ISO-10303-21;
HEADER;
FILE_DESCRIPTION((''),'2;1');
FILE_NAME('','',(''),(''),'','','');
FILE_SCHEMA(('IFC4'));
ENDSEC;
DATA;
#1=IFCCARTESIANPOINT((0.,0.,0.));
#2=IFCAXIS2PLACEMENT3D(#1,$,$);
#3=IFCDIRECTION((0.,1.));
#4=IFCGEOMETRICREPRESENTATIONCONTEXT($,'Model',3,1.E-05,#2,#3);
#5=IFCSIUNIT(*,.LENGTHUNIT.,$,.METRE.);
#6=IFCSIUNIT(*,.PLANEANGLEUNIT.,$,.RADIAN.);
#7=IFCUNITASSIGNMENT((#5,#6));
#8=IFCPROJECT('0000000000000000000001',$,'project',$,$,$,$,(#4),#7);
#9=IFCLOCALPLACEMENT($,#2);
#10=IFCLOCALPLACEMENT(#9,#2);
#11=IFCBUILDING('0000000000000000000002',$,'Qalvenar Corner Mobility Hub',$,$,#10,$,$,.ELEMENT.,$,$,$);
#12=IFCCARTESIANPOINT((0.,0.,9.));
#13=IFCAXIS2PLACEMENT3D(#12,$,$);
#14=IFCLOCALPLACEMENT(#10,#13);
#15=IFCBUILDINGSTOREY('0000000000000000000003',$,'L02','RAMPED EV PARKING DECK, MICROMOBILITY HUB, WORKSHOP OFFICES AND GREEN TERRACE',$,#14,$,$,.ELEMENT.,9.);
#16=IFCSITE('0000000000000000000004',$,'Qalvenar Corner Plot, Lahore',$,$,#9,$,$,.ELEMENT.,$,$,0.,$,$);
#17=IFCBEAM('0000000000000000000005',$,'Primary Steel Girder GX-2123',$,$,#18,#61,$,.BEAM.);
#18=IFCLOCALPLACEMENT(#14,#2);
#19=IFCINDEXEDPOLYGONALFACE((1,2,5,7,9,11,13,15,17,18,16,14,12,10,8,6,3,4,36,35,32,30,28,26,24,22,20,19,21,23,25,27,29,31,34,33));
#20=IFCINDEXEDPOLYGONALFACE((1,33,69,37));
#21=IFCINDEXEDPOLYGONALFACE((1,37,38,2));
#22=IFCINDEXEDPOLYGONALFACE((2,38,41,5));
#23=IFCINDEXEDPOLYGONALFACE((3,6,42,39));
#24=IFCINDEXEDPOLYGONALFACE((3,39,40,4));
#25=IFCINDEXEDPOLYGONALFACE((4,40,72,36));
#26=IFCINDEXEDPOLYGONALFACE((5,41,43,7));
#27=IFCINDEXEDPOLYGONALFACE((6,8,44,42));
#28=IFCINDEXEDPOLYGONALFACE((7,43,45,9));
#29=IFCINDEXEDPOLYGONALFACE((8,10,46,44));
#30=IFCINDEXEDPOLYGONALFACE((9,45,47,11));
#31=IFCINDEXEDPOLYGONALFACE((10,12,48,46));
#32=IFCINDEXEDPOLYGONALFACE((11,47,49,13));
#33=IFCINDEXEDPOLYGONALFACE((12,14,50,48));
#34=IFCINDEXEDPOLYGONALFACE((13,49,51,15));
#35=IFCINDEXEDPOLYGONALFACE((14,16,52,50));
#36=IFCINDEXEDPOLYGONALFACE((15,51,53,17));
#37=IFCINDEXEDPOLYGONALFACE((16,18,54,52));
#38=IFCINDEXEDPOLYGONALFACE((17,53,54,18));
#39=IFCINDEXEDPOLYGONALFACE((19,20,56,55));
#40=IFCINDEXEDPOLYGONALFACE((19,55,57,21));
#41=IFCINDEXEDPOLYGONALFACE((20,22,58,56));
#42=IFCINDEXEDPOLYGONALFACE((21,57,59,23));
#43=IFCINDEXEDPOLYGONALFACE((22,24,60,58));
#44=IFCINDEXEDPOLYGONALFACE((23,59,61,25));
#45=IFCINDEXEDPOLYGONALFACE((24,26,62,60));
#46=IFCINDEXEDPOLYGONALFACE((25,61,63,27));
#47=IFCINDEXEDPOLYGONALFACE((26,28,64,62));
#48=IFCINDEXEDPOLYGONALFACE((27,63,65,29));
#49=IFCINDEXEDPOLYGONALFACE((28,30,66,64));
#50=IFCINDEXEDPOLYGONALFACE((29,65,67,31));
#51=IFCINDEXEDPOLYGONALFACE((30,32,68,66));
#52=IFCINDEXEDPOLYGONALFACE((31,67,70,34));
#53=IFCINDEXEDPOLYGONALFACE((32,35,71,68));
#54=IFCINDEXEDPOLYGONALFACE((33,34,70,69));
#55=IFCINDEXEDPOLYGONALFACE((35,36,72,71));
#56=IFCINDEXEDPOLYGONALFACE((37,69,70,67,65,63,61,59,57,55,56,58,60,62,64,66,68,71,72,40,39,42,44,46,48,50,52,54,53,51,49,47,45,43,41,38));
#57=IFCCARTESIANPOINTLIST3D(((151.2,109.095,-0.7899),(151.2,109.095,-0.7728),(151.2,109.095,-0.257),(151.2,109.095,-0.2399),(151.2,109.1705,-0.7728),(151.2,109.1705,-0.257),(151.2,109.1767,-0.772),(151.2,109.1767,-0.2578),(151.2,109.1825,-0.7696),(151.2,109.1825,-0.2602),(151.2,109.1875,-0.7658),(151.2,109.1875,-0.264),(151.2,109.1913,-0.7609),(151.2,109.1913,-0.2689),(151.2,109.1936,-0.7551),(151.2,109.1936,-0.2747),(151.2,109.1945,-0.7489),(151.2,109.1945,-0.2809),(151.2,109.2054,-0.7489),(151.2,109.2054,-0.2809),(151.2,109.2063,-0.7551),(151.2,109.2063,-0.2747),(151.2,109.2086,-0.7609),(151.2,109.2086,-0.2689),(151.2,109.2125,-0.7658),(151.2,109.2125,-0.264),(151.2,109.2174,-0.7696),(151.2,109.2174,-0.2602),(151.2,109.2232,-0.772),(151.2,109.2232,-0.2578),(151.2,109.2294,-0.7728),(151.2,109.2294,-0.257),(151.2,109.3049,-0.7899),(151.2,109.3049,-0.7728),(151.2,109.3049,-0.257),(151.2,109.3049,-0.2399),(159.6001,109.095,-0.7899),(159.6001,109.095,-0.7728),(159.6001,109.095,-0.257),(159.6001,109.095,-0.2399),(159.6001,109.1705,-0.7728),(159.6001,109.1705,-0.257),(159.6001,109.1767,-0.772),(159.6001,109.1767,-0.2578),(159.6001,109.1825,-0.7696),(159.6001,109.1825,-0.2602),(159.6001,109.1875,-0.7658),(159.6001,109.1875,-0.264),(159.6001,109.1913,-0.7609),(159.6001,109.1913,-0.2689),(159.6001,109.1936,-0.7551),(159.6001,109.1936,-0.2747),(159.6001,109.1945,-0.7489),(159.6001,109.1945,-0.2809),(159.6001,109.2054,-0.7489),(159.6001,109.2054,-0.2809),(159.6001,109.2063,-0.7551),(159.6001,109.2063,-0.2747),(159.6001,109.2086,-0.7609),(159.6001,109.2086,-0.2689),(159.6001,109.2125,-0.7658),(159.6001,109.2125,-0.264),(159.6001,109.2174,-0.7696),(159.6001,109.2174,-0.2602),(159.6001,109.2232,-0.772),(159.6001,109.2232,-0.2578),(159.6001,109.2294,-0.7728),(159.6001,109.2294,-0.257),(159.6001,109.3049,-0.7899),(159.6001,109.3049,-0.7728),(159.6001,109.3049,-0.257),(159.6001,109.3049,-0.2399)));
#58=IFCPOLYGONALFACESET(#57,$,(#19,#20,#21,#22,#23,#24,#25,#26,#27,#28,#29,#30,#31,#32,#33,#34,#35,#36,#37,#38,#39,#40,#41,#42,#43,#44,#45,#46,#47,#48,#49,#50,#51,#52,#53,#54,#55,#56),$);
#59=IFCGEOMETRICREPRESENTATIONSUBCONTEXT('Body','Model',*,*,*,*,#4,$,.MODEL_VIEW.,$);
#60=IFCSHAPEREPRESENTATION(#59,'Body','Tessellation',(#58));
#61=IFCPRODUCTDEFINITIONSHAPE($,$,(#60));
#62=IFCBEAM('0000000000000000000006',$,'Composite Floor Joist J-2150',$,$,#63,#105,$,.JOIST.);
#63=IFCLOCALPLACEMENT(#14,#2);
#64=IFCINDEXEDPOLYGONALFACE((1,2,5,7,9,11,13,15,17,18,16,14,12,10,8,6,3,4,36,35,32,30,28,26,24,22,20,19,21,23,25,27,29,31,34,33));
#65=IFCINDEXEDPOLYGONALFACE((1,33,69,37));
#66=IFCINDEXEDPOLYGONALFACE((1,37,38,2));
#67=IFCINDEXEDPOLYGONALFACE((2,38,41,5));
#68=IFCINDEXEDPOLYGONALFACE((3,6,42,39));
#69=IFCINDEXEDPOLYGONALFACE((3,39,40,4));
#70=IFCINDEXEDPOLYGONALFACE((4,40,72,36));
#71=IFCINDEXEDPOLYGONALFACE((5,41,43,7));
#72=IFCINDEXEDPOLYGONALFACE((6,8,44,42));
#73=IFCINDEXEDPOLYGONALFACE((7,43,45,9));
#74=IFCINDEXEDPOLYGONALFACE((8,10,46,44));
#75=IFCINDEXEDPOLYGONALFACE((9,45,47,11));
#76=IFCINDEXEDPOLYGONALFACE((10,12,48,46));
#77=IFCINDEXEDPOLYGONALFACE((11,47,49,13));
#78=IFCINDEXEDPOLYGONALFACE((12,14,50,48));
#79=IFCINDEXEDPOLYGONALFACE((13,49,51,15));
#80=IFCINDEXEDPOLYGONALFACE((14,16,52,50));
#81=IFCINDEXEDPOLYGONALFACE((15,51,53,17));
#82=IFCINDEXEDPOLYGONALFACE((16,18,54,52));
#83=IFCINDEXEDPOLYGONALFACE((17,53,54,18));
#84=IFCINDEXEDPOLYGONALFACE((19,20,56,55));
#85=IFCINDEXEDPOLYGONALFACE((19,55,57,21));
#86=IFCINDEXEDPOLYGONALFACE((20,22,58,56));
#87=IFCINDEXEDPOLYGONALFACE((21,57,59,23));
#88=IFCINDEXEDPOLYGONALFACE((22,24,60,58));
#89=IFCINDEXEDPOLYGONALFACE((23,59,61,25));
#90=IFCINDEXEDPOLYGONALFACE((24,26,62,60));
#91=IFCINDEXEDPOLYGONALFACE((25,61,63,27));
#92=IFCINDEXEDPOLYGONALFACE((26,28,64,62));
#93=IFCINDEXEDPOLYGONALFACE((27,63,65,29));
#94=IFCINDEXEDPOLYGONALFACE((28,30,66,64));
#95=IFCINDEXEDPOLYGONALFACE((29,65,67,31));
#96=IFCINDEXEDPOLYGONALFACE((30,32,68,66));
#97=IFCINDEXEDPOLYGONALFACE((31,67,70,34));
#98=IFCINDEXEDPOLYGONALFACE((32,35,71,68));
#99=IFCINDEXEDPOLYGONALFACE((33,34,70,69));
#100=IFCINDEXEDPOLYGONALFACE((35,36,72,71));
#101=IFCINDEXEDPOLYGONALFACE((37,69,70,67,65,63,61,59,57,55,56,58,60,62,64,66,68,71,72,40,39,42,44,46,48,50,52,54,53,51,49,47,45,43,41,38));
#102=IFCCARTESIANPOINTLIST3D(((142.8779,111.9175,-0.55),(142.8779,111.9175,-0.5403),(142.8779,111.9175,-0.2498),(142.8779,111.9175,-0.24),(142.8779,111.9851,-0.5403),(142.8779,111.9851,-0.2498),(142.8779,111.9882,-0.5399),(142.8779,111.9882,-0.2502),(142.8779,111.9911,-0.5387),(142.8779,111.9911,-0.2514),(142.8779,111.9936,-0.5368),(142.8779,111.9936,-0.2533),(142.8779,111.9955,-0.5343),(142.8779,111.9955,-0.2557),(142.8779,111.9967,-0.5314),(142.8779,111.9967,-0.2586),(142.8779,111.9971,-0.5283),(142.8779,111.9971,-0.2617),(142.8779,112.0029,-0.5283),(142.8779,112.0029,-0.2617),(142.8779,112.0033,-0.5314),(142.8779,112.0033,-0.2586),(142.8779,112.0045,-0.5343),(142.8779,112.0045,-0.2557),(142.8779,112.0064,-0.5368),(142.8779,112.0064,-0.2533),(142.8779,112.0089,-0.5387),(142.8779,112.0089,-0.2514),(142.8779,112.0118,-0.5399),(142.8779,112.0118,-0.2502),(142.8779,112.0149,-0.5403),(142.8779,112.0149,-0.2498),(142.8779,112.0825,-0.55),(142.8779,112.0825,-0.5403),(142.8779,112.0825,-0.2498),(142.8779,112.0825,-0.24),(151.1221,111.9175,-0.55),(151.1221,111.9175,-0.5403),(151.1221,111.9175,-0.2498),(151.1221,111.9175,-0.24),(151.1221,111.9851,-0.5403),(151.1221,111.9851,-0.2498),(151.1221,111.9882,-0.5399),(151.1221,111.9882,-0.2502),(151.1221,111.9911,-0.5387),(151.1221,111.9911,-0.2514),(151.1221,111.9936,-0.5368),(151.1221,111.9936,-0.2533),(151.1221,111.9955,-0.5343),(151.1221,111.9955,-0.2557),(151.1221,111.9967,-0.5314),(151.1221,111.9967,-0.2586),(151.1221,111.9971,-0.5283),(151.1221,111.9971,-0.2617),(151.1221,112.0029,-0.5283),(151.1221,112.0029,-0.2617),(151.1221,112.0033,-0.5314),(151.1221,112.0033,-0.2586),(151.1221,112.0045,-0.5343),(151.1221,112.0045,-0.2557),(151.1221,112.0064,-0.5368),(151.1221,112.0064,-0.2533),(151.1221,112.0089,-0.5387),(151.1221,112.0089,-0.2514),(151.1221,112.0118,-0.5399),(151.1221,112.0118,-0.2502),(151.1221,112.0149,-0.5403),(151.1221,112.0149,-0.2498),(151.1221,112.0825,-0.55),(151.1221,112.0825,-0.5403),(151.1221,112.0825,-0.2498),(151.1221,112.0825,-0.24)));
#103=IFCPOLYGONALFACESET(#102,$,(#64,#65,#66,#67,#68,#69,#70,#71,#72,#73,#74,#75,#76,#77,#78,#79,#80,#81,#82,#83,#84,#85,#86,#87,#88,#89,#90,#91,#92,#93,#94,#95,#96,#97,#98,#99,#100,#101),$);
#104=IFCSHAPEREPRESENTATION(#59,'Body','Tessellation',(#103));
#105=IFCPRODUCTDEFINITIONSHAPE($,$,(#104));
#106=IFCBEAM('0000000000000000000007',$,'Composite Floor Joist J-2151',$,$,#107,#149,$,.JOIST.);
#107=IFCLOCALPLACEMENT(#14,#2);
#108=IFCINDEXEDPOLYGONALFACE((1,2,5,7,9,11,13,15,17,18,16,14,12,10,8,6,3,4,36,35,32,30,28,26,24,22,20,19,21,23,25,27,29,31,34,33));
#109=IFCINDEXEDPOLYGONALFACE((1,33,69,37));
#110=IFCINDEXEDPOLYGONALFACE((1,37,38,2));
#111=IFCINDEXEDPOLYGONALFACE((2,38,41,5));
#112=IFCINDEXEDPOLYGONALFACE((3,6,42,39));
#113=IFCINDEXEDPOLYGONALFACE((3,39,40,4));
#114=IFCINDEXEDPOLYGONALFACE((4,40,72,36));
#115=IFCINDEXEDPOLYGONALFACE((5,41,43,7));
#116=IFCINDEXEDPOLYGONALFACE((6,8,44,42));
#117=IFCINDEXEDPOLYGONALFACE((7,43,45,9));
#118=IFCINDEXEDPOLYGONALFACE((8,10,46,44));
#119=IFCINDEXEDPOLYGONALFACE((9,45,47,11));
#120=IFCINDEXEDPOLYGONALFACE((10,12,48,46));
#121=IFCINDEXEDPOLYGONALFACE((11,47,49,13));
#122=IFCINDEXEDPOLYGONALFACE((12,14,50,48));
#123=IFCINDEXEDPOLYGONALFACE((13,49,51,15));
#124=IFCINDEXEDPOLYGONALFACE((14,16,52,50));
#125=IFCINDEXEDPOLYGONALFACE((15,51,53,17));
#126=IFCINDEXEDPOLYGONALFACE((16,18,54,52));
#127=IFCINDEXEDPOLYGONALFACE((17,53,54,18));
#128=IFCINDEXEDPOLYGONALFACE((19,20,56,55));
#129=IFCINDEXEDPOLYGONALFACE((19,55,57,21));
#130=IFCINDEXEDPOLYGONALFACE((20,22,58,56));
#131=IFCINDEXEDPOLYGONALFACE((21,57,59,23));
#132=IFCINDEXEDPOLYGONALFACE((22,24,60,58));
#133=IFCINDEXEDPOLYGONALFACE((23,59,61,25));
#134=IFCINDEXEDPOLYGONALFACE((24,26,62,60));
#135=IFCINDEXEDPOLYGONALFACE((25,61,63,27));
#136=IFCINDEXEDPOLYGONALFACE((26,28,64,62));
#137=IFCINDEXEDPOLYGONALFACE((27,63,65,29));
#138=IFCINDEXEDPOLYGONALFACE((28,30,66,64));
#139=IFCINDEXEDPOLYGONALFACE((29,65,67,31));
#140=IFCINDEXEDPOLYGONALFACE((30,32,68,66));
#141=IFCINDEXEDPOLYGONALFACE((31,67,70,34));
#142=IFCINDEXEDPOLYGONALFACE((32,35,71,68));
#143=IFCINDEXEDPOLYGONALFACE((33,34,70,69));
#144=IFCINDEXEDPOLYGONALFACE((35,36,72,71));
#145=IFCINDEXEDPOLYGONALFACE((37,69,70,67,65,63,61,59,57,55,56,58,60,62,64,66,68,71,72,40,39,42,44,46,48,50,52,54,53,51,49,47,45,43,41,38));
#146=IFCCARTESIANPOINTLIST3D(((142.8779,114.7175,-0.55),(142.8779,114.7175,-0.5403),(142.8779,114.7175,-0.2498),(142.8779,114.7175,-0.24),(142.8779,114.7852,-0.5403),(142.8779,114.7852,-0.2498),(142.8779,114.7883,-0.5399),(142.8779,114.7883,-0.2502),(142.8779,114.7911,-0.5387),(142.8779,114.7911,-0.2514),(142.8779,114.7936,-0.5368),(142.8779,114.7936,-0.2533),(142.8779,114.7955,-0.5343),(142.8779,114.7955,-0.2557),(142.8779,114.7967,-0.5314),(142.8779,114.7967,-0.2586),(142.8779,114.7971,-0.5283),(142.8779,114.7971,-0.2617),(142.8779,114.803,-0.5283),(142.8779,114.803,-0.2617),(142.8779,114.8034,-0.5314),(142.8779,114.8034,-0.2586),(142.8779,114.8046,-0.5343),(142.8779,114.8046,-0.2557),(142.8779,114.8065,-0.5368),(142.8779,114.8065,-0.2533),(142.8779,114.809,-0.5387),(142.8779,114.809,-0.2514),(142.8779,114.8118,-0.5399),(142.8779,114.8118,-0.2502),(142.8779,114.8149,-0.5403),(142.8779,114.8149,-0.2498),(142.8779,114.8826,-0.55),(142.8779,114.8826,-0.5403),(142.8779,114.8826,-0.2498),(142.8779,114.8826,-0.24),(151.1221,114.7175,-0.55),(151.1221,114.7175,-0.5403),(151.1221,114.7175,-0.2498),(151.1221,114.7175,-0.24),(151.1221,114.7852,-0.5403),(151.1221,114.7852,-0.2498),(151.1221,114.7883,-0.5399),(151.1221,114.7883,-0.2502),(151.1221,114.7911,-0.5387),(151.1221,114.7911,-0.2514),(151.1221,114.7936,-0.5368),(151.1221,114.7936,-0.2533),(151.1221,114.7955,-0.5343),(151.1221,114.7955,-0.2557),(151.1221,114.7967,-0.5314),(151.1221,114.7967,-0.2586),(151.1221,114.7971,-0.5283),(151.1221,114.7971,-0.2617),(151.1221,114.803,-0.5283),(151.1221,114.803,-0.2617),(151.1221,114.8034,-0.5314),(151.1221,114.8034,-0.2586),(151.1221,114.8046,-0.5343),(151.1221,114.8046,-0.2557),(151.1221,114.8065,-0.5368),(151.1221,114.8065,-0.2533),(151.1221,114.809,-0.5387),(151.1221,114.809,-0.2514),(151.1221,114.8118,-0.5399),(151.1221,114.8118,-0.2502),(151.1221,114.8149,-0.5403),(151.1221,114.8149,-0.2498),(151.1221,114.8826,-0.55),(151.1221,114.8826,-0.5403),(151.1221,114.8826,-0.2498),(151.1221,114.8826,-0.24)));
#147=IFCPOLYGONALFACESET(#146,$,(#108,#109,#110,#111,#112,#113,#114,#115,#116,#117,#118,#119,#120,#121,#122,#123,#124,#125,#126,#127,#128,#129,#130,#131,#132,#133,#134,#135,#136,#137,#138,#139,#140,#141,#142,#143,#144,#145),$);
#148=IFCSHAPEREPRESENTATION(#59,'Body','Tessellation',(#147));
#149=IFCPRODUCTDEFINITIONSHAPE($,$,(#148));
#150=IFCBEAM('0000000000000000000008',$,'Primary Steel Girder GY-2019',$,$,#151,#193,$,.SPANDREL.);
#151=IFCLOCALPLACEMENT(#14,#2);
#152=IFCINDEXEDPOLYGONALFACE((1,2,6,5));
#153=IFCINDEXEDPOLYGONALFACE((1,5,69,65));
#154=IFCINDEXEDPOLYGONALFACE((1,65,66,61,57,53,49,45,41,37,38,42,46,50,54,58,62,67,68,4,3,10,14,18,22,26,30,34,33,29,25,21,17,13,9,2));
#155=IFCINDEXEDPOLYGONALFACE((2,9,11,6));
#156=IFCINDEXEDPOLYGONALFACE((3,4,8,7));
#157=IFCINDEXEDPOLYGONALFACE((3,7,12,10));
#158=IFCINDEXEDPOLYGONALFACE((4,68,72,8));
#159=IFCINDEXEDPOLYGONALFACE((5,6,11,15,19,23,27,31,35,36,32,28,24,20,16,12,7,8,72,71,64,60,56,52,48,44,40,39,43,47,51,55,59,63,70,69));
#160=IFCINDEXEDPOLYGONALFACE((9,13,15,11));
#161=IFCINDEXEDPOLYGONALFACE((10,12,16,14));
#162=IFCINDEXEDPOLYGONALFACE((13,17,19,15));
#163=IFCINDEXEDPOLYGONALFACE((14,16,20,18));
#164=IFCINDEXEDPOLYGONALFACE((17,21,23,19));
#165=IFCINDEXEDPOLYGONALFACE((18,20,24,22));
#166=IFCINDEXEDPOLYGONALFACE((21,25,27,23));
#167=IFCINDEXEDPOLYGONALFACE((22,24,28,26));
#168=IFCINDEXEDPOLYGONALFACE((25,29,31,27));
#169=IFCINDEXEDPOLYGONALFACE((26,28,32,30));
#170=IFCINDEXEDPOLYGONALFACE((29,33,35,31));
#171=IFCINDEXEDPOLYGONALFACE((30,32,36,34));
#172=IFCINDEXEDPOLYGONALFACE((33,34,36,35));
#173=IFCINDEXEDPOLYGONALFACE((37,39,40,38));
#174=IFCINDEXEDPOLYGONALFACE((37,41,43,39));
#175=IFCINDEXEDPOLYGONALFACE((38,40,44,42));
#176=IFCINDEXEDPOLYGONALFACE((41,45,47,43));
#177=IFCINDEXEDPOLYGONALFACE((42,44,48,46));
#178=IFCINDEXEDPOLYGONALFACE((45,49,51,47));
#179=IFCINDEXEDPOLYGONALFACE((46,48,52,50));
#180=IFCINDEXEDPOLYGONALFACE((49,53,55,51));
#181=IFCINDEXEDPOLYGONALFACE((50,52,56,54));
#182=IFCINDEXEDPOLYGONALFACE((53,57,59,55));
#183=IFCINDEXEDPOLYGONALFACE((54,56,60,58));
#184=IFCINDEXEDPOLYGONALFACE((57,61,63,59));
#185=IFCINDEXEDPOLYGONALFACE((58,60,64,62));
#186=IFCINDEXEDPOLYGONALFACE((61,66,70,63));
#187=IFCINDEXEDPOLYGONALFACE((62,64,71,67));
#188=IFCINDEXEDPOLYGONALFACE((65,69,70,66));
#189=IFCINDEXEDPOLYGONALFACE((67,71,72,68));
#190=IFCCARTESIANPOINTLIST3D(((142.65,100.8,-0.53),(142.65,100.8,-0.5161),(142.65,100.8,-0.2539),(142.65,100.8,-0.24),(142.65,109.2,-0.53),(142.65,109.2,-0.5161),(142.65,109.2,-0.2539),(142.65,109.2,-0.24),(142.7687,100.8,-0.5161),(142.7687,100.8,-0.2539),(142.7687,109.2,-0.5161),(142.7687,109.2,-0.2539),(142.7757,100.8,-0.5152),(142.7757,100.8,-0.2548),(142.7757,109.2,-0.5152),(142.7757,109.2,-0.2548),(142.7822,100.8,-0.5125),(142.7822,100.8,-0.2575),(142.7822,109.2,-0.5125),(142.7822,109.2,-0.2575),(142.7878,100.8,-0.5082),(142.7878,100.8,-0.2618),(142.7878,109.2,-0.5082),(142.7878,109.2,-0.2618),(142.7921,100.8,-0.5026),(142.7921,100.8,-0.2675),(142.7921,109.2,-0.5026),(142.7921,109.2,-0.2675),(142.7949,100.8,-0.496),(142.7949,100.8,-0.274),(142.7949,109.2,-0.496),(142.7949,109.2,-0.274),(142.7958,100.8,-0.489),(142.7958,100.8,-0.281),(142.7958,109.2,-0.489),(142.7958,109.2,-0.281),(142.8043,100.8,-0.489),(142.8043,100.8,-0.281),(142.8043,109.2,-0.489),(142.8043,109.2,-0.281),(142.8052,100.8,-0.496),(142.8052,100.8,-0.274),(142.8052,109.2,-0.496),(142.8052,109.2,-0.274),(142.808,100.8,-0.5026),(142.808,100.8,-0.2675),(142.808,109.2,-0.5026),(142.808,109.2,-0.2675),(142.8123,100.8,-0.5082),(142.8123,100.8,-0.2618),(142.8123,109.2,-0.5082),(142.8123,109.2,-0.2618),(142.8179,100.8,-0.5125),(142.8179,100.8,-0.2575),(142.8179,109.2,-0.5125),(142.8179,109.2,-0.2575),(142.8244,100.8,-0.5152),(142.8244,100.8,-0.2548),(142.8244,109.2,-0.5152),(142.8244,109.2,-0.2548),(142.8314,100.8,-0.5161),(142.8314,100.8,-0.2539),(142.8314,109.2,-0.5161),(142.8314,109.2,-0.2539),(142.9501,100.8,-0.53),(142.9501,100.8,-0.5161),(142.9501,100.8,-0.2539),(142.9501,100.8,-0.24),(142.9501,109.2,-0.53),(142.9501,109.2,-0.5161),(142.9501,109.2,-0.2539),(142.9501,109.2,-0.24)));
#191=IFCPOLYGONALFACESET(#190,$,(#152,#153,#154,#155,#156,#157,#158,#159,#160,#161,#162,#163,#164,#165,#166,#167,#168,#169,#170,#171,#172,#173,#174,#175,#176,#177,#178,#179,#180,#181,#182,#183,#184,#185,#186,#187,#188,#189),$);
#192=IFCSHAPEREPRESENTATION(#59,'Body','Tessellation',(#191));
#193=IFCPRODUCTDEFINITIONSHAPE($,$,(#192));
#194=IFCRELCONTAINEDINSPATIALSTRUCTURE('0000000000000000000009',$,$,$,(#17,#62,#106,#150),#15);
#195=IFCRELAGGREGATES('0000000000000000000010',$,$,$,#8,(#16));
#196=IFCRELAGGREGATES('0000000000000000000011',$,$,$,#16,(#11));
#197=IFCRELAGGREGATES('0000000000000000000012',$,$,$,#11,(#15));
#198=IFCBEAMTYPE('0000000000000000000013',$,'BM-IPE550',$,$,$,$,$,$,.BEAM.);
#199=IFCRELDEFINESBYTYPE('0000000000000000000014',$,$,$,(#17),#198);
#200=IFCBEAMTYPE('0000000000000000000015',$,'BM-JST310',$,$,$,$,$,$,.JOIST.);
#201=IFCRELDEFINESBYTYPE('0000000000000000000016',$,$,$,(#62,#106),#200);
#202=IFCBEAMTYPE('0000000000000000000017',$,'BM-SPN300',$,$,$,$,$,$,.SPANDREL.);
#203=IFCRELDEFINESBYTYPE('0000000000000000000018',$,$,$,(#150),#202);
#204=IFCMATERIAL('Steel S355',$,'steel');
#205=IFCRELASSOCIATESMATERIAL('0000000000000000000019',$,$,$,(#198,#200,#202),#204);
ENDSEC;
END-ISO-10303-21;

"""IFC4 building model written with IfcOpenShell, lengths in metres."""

from ifc_helpers import new_model, si_unit, direction, frame, origin, origin_2d, place, context, subcontext, project, spatial, i_section, extrude, material, material_profile, profile_set, type_object, element, save


model = new_model("IFC4")

# Units and contexts
model_context = context("Model", 3, precision=1e-05, world=origin(), true_north=direction((0.0, 1.0)))
body_context = subcontext(model_context, "Body", "Model", "MODEL_VIEW")
ifc_project = project(units=[si_unit("LENGTHUNIT", "METRE"), si_unit("PLANEANGLEUNIT", "RADIAN")], contexts=[model_context])

# Site, building, storey
site_placement = place(None, origin())
site = spatial("IfcSite", under=ifc_project, at=site_placement, Name="Qalvenar Corner Plot, Lahore", CompositionType="ELEMENT", RefElevation=0.0)
building_placement = place(site_placement, origin())
building = spatial("IfcBuilding", under=site, at=building_placement, Name="Qalvenar Corner Mobility Hub", CompositionType="ELEMENT")
storey_placement = place(building_placement, frame((0.0, 0.0, 9.0)))
storey = spatial("IfcBuildingStorey", under=building, at=storey_placement, Name="L02", Description="RAMPED EV PARKING DECK, MICROMOBILITY HUB, WORKSHOP OFFICES AND GREEN TERRACE", CompositionType="ELEMENT", Elevation=9.0)

# Shared definitions
ifc_material_1 = material(Name="Steel S355", Category="steel")

# Beams
ifc_material_profile_1 = material_profile(ifc_material_1, i_section(OverallWidth=0.21, OverallDepth=0.55, WebThickness=0.011, FlangeThickness=0.0171, FilletRadius=0.0239, at=origin_2d()), Name="IPE550")
ifc_profile_set_1 = profile_set([ifc_material_profile_1], Name="Steel S355")
beam_type_1 = type_object("IfcBeamType", Name="BM-IPE550", PredefinedType="BEAM", material=ifc_profile_set_1)
beam_1_placement = place(storey_placement, frame((151.2, 109.2, -0.5149), z_axis=(1.0, 0.0, 0.0), x_axis=(0.0, 1.0, 0.0)))
element("IfcBeam", 1, at=beam_1_placement, inside=storey, type_object=beam_type_1, Name="Primary Steel Girder GX-2123", PredefinedType="BEAM", context=body_context, shape_type="SweptSolid", body=[
    extrude(i_section(OverallWidth=0.21, OverallDepth=0.55, WebThickness=0.011, FlangeThickness=0.0171, FilletRadius=0.0239, at=origin_2d()), origin(), (0.0, 0.0, 1.0), 8.4001),
])
ifc_material_profile_2 = material_profile(ifc_material_1, i_section(OverallWidth=0.165, OverallDepth=0.3101, WebThickness=0.0059, FlangeThickness=0.0098, FilletRadius=0.012, at=origin_2d()), Name="W310x38.7")
ifc_profile_set_2 = profile_set([ifc_material_profile_2], Name="Steel S355")
beam_type_2 = type_object("IfcBeamType", Name="BM-JST310", PredefinedType="JOIST", material=ifc_profile_set_2)
for number, where, z_axis, x_axis, name in (
    (2, (142.8779, 112.0, -0.395), (1.0, 0.0, 0.0), (0.0, 1.0, 0.0), "Composite Floor Joist J-2150"),
    (3, (142.8779, 114.8, -0.395), (1.0, 0.0, 0.0), (0.0, 1.0, 0.0), "Composite Floor Joist J-2151"),
):
    element("IfcBeam", number, at=place(storey_placement, frame(where, z_axis=z_axis, x_axis=x_axis)), inside=storey, type_object=beam_type_2, Name=name, PredefinedType="JOIST", context=body_context, shape_type="SweptSolid", body=[
        extrude(i_section(OverallWidth=0.165, OverallDepth=0.3101, WebThickness=0.0059, FlangeThickness=0.0098, FilletRadius=0.012, at=origin_2d()), origin(), (0.0, 0.0, 1.0), 8.2441),
    ])
ifc_material_profile_3 = material_profile(ifc_material_1, i_section(OverallWidth=0.3, OverallDepth=0.29, WebThickness=0.0085, FlangeThickness=0.0139, FilletRadius=0.0271, at=origin_2d()), Name="HEA300")
ifc_profile_set_3 = profile_set([ifc_material_profile_3], Name="Steel S355")
beam_type_3 = type_object("IfcBeamType", Name="BM-SPN300", PredefinedType="SPANDREL", material=ifc_profile_set_3)
beam_2_placement = place(storey_placement, frame((142.8, 100.8, -0.385), z_axis=(0.0, 1.0, 0.0), x_axis=(-1.0, 0.0, 0.0)))
element("IfcBeam", 4, at=beam_2_placement, inside=storey, type_object=beam_type_3, Name="Primary Steel Girder GY-2019", PredefinedType="SPANDREL", context=body_context, shape_type="SweptSolid", body=[
    extrude(i_section(OverallWidth=0.3, OverallDepth=0.29, WebThickness=0.0085, FlangeThickness=0.0139, FilletRadius=0.0271, at=origin_2d()), origin(), (0.0, 0.0, 1.0), 8.3999),
])

save(model, "model.ifc")
